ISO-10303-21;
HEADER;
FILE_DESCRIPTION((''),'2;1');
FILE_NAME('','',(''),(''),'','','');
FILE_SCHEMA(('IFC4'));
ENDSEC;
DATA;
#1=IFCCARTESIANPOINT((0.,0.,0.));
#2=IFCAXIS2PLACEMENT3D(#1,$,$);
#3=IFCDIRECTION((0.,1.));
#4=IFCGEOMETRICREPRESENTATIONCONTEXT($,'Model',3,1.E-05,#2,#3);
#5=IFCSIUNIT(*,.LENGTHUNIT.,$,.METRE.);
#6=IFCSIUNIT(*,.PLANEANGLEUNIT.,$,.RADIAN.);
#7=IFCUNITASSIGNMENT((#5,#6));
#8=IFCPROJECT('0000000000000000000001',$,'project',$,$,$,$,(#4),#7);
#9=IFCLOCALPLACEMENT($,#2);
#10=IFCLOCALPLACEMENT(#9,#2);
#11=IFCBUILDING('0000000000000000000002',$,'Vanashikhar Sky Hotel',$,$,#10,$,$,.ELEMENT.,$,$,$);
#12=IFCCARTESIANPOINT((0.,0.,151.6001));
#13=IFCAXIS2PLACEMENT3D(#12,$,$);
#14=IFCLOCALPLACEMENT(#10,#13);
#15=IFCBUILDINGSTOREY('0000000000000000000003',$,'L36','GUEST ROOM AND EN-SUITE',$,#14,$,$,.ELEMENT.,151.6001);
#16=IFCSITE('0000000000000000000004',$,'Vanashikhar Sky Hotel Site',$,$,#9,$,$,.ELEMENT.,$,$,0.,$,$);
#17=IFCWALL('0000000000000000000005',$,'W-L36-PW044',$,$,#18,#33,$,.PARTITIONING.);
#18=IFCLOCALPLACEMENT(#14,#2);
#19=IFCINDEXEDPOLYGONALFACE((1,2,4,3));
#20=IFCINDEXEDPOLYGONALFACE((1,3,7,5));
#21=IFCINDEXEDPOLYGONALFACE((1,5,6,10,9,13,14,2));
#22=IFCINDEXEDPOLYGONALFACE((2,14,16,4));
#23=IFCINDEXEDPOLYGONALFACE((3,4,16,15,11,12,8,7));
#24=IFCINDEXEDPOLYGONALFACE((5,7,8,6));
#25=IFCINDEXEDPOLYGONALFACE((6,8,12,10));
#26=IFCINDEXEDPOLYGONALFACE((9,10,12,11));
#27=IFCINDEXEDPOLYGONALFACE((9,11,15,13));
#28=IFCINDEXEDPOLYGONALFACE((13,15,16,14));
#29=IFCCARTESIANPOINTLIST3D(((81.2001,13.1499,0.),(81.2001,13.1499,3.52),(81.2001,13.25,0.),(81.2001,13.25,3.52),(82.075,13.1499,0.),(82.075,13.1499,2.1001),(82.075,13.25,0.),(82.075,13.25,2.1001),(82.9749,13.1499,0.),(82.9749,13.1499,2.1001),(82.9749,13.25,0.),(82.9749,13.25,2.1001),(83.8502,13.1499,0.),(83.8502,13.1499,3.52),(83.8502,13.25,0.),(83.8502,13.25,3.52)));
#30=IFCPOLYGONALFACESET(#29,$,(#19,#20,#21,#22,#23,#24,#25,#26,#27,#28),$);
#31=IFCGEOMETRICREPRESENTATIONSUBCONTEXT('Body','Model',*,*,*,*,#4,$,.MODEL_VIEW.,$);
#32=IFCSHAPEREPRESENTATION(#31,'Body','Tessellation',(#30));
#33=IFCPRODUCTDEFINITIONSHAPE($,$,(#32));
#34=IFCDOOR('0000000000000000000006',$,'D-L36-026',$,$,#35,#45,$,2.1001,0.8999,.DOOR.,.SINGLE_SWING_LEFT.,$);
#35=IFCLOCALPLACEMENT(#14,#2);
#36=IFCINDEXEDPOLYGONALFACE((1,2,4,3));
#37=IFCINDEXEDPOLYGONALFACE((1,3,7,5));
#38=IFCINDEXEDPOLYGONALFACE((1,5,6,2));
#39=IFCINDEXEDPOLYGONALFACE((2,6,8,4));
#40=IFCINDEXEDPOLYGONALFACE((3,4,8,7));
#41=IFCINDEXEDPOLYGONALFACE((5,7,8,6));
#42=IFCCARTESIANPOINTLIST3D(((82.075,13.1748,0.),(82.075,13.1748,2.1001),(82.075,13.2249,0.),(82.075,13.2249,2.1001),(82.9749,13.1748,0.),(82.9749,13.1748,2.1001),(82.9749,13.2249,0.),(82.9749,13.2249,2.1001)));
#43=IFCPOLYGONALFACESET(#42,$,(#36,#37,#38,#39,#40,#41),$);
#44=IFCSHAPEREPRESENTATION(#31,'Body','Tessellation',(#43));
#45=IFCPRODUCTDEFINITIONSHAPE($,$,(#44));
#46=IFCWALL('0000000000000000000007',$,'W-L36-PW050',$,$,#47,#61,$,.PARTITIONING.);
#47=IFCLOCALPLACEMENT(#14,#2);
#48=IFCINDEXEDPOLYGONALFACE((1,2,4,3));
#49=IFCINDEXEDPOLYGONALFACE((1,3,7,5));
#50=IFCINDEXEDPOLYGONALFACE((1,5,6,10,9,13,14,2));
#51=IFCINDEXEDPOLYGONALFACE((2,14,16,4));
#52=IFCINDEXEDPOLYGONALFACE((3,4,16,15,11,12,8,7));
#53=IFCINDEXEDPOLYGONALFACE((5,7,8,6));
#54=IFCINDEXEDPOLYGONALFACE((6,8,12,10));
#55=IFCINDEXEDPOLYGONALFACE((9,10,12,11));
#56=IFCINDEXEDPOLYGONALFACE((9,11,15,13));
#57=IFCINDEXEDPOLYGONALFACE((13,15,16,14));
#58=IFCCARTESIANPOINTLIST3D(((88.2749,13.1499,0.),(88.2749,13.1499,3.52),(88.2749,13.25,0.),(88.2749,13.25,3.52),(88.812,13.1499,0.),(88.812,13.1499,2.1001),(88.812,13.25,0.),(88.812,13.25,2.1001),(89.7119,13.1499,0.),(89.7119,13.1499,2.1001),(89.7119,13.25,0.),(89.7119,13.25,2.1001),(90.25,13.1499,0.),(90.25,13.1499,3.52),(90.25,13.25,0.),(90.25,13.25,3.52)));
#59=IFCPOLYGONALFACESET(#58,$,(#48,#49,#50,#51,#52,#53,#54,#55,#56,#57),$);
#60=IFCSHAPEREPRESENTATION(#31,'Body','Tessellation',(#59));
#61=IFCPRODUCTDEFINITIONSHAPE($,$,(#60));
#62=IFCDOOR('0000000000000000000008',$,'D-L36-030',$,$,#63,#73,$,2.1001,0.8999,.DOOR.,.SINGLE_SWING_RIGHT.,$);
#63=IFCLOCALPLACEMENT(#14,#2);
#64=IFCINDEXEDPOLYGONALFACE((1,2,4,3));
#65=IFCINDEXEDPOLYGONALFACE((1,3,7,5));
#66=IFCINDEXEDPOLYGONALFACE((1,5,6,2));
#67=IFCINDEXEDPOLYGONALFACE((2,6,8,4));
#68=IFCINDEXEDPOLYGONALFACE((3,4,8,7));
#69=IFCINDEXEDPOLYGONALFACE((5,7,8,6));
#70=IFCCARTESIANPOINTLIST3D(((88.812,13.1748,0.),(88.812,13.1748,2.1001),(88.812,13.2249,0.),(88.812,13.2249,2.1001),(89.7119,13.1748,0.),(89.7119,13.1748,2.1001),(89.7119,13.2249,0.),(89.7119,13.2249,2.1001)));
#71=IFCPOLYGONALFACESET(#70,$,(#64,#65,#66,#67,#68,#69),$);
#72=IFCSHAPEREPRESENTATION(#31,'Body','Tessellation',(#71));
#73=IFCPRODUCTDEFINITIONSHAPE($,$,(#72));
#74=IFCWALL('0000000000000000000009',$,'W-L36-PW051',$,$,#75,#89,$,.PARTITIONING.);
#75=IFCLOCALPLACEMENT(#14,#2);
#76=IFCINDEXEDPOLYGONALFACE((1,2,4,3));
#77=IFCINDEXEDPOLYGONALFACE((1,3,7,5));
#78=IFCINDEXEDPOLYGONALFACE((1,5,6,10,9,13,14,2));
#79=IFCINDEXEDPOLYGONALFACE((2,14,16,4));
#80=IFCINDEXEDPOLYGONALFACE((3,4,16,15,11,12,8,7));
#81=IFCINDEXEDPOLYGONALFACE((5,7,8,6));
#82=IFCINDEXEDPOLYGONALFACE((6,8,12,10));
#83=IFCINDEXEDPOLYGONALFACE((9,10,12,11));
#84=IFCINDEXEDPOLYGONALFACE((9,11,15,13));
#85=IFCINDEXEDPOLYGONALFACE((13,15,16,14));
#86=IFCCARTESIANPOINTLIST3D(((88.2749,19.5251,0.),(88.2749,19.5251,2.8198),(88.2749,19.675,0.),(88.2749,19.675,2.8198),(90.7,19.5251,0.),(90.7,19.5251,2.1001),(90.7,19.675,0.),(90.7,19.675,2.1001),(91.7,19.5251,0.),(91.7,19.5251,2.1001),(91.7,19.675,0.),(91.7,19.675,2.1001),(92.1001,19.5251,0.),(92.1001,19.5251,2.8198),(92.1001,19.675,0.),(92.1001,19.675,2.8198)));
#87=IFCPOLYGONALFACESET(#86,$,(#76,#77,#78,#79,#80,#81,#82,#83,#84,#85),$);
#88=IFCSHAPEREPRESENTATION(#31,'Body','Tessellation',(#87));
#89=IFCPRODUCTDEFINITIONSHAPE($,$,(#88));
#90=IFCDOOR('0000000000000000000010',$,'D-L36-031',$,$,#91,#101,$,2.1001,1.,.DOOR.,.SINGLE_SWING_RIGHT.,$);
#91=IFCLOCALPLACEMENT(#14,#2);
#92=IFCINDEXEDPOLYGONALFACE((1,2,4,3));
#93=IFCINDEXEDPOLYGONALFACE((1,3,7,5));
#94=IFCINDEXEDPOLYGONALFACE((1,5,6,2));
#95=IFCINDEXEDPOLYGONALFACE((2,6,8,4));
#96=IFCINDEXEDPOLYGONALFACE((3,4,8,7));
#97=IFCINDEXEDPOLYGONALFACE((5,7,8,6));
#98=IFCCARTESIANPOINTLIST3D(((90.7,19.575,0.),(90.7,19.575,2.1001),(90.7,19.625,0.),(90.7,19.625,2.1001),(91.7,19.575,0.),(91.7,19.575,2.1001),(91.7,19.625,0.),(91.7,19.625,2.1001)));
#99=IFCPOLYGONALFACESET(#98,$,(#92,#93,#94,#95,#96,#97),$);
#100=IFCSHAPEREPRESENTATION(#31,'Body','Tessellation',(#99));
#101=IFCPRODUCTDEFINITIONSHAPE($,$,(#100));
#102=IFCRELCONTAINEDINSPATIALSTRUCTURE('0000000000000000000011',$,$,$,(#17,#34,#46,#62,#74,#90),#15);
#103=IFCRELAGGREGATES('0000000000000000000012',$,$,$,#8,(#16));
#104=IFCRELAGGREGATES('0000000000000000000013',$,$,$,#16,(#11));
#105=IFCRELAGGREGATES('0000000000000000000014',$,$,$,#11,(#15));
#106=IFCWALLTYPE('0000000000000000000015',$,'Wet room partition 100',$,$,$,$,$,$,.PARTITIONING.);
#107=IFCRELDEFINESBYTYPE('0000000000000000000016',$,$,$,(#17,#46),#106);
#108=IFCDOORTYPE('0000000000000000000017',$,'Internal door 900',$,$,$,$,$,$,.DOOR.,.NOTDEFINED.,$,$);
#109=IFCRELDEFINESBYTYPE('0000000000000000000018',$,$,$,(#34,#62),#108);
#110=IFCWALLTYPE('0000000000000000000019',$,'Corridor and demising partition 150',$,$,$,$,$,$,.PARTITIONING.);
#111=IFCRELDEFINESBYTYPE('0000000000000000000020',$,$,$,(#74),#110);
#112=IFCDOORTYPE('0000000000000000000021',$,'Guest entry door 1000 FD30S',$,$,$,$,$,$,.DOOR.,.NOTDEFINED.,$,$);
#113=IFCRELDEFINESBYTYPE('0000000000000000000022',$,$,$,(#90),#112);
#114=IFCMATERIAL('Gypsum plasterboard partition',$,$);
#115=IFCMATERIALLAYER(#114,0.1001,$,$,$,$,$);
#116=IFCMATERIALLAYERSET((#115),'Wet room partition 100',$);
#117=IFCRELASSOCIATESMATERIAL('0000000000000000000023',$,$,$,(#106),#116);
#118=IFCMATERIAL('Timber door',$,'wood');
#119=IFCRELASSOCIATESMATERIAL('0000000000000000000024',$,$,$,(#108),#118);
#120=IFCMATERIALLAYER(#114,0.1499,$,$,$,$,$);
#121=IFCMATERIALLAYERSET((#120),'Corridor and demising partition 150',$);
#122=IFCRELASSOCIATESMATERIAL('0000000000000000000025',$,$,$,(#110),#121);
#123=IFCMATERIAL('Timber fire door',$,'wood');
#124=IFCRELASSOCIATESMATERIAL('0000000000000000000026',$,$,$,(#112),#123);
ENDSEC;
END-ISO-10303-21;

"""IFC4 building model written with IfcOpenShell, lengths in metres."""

from ifc_helpers import new_model, si_unit, direction, frame, frame_2d, origin, place, context, subcontext, project, spatial, rectangle, extrude, source, transform, mapped, material, layer, layer_set, type_object, element, fill, save


model = new_model("IFC4")

# Units and contexts
model_context = context("Model", 3, precision=1e-05, world=origin(), true_north=direction((0.0, 1.0)))
body_context = subcontext(model_context, "Body", "Model", "MODEL_VIEW")
ifc_project = project(units=[si_unit("LENGTHUNIT", "METRE"), si_unit("PLANEANGLEUNIT", "RADIAN")], contexts=[model_context])

# Site, building, storey
site_placement = place(None, origin())
site = spatial("IfcSite", under=ifc_project, at=site_placement, Name="Vanashikhar Sky Hotel Site", CompositionType="ELEMENT", RefElevation=0.0)
building_placement = place(site_placement, origin())
building = spatial("IfcBuilding", under=site, at=building_placement, Name="Vanashikhar Sky Hotel", CompositionType="ELEMENT")
storey_placement = place(building_placement, frame((0.0, 0.0, 151.6001)))
storey = spatial("IfcBuildingStorey", under=building, at=storey_placement, Name="L36", Description="GUEST ROOM AND EN-SUITE", CompositionType="ELEMENT", Elevation=151.6001)

# Shared definitions
ifc_material_1 = material(Name="Gypsum plasterboard partition")
ifc_layer_1 = layer(ifc_material_1, 0.1001)
ifc_layer_set_1 = layer_set([ifc_layer_1], Name="Wet room partition 100")
wall_type_1 = type_object("IfcWallType", Name="Wet room partition 100", PredefinedType="PARTITIONING", material=ifc_layer_set_1)

# Walls, openings, doors
shared_shape_1 = source(origin(), body_context, "Body", "SweptSolid", [
    extrude(rectangle(XDim=0.8999, YDim=2.1001, at=frame_2d((0.45, 1.05))), frame((0.0, 0.0601, 0.0), z_axis=(0.0, -1.0, 0.0), x_axis=(1.0, 0.0, 0.0)), (0.0, 0.0, 1.0), 0.1201),
])
ifc_material_2 = material(Name="Timber door", Category="wood")
door_type_1 = type_object("IfcDoorType", Name="Internal door 900", OperationType="NOTDEFINED", PredefinedType="DOOR", material=ifc_material_2)
shared_shape_2 = source(origin(), body_context, "Body", "SweptSolid", [
    extrude(rectangle(XDim=0.8999, YDim=2.1001, at=frame_2d((0.45, 1.05))), frame((0.0, 0.0249, 0.0), z_axis=(0.0, -1.0, 0.0), x_axis=(1.0, 0.0, 0.0)), (0.0, 0.0, 1.0), 0.05),
])
ifc_layer_2 = layer(ifc_material_1, 0.1499)
ifc_layer_set_2 = layer_set([ifc_layer_2], Name="Corridor and demising partition 150")
wall_type_2 = type_object("IfcWallType", Name="Corridor and demising partition 150", PredefinedType="PARTITIONING", material=ifc_layer_set_2)
shared_shape_3 = source(origin(), body_context, "Body", "SweptSolid", [
    extrude(rectangle(XDim=1.0, YDim=2.1001, at=frame_2d((0.5, 1.05))), frame((0.0, 0.085, 0.0), z_axis=(0.0, -1.0, 0.0), x_axis=(1.0, 0.0, 0.0)), (0.0, 0.0, 1.0), 0.1699),
])
ifc_material_3 = material(Name="Timber fire door", Category="wood")
door_type_2 = type_object("IfcDoorType", Name="Guest entry door 1000 FD30S", OperationType="NOTDEFINED", PredefinedType="DOOR", material=ifc_material_3)
shared_shape_4 = source(origin(), body_context, "Body", "SweptSolid", [
    extrude(rectangle(XDim=1.0, YDim=2.1001, at=frame_2d((0.5, 1.05))), frame((0.0, 0.0249, 0.0), z_axis=(0.0, -1.0, 0.0), x_axis=(1.0, 0.0, 0.0)), (0.0, 0.0, 1.0), 0.05),
])
shared_shape_5 = source(origin(), body_context, "Body", "SweptSolid", [
    extrude(rectangle(XDim=2.6501, YDim=0.1001, at=frame_2d((1.3252, 0.0))), origin(), (0.0, 0.0, 1.0), 3.52),
])
wall_1_placement = place(storey_placement, frame((81.2, 13.2, 0.0), z_axis=(0.0, 0.0, 1.0), x_axis=(1.0, 0.0, 0.0)))
wall_1 = element("IfcWall", 1, at=wall_1_placement, inside=storey, type_object=wall_type_1, Name="W-L36-PW044", PredefinedType="PARTITIONING", context=body_context, shape_type="MappedRepresentation", body=[
    mapped(shared_shape_5, transform((0.0, 0.0, 0.0), scale=1.0)),
])
opening_1_placement = place(wall_1_placement, frame((0.875, 0.0, 0.0)))
opening_1 = element("IfcOpeningElement", 2, at=opening_1_placement, cuts=wall_1, PredefinedType="OPENING", context=body_context, shape_type="MappedRepresentation", body=[
    mapped(shared_shape_1, transform((0.0, 0.0, 0.0), scale=1.0)),
])
door_1_placement = place(opening_1_placement, origin())
door_1 = element("IfcDoor", 3, at=door_1_placement, inside=storey, type_object=door_type_1, Name="D-L36-026", OperationType="SINGLE_SWING_LEFT", OverallHeight=2.1001, OverallWidth=0.8999, PredefinedType="DOOR", context=body_context, shape_type="MappedRepresentation", body=[
    mapped(shared_shape_2, transform((0.0, 0.0, 0.0), scale=1.0)),
])
fill(opening_1, door_1)
shared_shape_6 = source(origin(), body_context, "Body", "SweptSolid", [
    extrude(rectangle(XDim=1.9751, YDim=0.1001, at=frame_2d((0.9875, 0.0))), origin(), (0.0, 0.0, 1.0), 3.52),
])
wall_2_placement = place(storey_placement, frame((88.2749, 13.2, 0.0), z_axis=(0.0, 0.0, 1.0), x_axis=(1.0, 0.0, 0.0)))
wall_2 = element("IfcWall", 4, at=wall_2_placement, inside=storey, type_object=wall_type_1, Name="W-L36-PW050", PredefinedType="PARTITIONING", context=body_context, shape_type="MappedRepresentation", body=[
    mapped(shared_shape_6, transform((0.0, 0.0, 0.0), scale=1.0)),
])
opening_2_placement = place(wall_2_placement, frame((0.5371, 0.0, 0.0)))
opening_2 = element("IfcOpeningElement", 5, at=opening_2_placement, cuts=wall_2, PredefinedType="OPENING", context=body_context, shape_type="MappedRepresentation", body=[
    mapped(shared_shape_1, transform((0.0, 0.0, 0.0), scale=1.0)),
])
door_2_placement = place(opening_2_placement, origin())
door_2 = element("IfcDoor", 6, at=door_2_placement, inside=storey, type_object=door_type_1, Name="D-L36-030", OperationType="SINGLE_SWING_RIGHT", OverallHeight=2.1001, OverallWidth=0.8999, PredefinedType="DOOR", context=body_context, shape_type="MappedRepresentation", body=[
    mapped(shared_shape_2, transform((0.0, 0.0, 0.0), scale=1.0)),
])
fill(opening_2, door_2)
shared_shape_7 = source(origin(), body_context, "Body", "SweptSolid", [
    extrude(rectangle(XDim=3.8252, YDim=0.1499, at=frame_2d((1.9126, 0.0))), origin(), (0.0, 0.0, 1.0), 2.8198),
])
wall_3_placement = place(storey_placement, frame((88.2749, 19.6001, 0.0), z_axis=(0.0, 0.0, 1.0), x_axis=(1.0, 0.0, 0.0)))
wall_3 = element("IfcWall", 7, at=wall_3_placement, inside=storey, type_object=wall_type_2, Name="W-L36-PW051", PredefinedType="PARTITIONING", context=body_context, shape_type="MappedRepresentation", body=[
    mapped(shared_shape_7, transform((0.0, 0.0, 0.0), scale=1.0)),
])
opening_3_placement = place(wall_3_placement, frame((2.425, 0.0, 0.0)))
opening_3 = element("IfcOpeningElement", 8, at=opening_3_placement, cuts=wall_3, PredefinedType="OPENING", context=body_context, shape_type="MappedRepresentation", body=[
    mapped(shared_shape_3, transform((0.0, 0.0, 0.0), scale=1.0)),
])
door_3_placement = place(opening_3_placement, origin())
door_3 = element("IfcDoor", 9, at=door_3_placement, inside=storey, type_object=door_type_2, Name="D-L36-031", OperationType="SINGLE_SWING_RIGHT", OverallHeight=2.1001, OverallWidth=1.0, PredefinedType="DOOR", context=body_context, shape_type="MappedRepresentation", body=[
    mapped(shared_shape_4, transform((0.0, 0.0, 0.0), scale=1.0)),
])
fill(opening_3, door_3)

save(model, "model.ifc")
